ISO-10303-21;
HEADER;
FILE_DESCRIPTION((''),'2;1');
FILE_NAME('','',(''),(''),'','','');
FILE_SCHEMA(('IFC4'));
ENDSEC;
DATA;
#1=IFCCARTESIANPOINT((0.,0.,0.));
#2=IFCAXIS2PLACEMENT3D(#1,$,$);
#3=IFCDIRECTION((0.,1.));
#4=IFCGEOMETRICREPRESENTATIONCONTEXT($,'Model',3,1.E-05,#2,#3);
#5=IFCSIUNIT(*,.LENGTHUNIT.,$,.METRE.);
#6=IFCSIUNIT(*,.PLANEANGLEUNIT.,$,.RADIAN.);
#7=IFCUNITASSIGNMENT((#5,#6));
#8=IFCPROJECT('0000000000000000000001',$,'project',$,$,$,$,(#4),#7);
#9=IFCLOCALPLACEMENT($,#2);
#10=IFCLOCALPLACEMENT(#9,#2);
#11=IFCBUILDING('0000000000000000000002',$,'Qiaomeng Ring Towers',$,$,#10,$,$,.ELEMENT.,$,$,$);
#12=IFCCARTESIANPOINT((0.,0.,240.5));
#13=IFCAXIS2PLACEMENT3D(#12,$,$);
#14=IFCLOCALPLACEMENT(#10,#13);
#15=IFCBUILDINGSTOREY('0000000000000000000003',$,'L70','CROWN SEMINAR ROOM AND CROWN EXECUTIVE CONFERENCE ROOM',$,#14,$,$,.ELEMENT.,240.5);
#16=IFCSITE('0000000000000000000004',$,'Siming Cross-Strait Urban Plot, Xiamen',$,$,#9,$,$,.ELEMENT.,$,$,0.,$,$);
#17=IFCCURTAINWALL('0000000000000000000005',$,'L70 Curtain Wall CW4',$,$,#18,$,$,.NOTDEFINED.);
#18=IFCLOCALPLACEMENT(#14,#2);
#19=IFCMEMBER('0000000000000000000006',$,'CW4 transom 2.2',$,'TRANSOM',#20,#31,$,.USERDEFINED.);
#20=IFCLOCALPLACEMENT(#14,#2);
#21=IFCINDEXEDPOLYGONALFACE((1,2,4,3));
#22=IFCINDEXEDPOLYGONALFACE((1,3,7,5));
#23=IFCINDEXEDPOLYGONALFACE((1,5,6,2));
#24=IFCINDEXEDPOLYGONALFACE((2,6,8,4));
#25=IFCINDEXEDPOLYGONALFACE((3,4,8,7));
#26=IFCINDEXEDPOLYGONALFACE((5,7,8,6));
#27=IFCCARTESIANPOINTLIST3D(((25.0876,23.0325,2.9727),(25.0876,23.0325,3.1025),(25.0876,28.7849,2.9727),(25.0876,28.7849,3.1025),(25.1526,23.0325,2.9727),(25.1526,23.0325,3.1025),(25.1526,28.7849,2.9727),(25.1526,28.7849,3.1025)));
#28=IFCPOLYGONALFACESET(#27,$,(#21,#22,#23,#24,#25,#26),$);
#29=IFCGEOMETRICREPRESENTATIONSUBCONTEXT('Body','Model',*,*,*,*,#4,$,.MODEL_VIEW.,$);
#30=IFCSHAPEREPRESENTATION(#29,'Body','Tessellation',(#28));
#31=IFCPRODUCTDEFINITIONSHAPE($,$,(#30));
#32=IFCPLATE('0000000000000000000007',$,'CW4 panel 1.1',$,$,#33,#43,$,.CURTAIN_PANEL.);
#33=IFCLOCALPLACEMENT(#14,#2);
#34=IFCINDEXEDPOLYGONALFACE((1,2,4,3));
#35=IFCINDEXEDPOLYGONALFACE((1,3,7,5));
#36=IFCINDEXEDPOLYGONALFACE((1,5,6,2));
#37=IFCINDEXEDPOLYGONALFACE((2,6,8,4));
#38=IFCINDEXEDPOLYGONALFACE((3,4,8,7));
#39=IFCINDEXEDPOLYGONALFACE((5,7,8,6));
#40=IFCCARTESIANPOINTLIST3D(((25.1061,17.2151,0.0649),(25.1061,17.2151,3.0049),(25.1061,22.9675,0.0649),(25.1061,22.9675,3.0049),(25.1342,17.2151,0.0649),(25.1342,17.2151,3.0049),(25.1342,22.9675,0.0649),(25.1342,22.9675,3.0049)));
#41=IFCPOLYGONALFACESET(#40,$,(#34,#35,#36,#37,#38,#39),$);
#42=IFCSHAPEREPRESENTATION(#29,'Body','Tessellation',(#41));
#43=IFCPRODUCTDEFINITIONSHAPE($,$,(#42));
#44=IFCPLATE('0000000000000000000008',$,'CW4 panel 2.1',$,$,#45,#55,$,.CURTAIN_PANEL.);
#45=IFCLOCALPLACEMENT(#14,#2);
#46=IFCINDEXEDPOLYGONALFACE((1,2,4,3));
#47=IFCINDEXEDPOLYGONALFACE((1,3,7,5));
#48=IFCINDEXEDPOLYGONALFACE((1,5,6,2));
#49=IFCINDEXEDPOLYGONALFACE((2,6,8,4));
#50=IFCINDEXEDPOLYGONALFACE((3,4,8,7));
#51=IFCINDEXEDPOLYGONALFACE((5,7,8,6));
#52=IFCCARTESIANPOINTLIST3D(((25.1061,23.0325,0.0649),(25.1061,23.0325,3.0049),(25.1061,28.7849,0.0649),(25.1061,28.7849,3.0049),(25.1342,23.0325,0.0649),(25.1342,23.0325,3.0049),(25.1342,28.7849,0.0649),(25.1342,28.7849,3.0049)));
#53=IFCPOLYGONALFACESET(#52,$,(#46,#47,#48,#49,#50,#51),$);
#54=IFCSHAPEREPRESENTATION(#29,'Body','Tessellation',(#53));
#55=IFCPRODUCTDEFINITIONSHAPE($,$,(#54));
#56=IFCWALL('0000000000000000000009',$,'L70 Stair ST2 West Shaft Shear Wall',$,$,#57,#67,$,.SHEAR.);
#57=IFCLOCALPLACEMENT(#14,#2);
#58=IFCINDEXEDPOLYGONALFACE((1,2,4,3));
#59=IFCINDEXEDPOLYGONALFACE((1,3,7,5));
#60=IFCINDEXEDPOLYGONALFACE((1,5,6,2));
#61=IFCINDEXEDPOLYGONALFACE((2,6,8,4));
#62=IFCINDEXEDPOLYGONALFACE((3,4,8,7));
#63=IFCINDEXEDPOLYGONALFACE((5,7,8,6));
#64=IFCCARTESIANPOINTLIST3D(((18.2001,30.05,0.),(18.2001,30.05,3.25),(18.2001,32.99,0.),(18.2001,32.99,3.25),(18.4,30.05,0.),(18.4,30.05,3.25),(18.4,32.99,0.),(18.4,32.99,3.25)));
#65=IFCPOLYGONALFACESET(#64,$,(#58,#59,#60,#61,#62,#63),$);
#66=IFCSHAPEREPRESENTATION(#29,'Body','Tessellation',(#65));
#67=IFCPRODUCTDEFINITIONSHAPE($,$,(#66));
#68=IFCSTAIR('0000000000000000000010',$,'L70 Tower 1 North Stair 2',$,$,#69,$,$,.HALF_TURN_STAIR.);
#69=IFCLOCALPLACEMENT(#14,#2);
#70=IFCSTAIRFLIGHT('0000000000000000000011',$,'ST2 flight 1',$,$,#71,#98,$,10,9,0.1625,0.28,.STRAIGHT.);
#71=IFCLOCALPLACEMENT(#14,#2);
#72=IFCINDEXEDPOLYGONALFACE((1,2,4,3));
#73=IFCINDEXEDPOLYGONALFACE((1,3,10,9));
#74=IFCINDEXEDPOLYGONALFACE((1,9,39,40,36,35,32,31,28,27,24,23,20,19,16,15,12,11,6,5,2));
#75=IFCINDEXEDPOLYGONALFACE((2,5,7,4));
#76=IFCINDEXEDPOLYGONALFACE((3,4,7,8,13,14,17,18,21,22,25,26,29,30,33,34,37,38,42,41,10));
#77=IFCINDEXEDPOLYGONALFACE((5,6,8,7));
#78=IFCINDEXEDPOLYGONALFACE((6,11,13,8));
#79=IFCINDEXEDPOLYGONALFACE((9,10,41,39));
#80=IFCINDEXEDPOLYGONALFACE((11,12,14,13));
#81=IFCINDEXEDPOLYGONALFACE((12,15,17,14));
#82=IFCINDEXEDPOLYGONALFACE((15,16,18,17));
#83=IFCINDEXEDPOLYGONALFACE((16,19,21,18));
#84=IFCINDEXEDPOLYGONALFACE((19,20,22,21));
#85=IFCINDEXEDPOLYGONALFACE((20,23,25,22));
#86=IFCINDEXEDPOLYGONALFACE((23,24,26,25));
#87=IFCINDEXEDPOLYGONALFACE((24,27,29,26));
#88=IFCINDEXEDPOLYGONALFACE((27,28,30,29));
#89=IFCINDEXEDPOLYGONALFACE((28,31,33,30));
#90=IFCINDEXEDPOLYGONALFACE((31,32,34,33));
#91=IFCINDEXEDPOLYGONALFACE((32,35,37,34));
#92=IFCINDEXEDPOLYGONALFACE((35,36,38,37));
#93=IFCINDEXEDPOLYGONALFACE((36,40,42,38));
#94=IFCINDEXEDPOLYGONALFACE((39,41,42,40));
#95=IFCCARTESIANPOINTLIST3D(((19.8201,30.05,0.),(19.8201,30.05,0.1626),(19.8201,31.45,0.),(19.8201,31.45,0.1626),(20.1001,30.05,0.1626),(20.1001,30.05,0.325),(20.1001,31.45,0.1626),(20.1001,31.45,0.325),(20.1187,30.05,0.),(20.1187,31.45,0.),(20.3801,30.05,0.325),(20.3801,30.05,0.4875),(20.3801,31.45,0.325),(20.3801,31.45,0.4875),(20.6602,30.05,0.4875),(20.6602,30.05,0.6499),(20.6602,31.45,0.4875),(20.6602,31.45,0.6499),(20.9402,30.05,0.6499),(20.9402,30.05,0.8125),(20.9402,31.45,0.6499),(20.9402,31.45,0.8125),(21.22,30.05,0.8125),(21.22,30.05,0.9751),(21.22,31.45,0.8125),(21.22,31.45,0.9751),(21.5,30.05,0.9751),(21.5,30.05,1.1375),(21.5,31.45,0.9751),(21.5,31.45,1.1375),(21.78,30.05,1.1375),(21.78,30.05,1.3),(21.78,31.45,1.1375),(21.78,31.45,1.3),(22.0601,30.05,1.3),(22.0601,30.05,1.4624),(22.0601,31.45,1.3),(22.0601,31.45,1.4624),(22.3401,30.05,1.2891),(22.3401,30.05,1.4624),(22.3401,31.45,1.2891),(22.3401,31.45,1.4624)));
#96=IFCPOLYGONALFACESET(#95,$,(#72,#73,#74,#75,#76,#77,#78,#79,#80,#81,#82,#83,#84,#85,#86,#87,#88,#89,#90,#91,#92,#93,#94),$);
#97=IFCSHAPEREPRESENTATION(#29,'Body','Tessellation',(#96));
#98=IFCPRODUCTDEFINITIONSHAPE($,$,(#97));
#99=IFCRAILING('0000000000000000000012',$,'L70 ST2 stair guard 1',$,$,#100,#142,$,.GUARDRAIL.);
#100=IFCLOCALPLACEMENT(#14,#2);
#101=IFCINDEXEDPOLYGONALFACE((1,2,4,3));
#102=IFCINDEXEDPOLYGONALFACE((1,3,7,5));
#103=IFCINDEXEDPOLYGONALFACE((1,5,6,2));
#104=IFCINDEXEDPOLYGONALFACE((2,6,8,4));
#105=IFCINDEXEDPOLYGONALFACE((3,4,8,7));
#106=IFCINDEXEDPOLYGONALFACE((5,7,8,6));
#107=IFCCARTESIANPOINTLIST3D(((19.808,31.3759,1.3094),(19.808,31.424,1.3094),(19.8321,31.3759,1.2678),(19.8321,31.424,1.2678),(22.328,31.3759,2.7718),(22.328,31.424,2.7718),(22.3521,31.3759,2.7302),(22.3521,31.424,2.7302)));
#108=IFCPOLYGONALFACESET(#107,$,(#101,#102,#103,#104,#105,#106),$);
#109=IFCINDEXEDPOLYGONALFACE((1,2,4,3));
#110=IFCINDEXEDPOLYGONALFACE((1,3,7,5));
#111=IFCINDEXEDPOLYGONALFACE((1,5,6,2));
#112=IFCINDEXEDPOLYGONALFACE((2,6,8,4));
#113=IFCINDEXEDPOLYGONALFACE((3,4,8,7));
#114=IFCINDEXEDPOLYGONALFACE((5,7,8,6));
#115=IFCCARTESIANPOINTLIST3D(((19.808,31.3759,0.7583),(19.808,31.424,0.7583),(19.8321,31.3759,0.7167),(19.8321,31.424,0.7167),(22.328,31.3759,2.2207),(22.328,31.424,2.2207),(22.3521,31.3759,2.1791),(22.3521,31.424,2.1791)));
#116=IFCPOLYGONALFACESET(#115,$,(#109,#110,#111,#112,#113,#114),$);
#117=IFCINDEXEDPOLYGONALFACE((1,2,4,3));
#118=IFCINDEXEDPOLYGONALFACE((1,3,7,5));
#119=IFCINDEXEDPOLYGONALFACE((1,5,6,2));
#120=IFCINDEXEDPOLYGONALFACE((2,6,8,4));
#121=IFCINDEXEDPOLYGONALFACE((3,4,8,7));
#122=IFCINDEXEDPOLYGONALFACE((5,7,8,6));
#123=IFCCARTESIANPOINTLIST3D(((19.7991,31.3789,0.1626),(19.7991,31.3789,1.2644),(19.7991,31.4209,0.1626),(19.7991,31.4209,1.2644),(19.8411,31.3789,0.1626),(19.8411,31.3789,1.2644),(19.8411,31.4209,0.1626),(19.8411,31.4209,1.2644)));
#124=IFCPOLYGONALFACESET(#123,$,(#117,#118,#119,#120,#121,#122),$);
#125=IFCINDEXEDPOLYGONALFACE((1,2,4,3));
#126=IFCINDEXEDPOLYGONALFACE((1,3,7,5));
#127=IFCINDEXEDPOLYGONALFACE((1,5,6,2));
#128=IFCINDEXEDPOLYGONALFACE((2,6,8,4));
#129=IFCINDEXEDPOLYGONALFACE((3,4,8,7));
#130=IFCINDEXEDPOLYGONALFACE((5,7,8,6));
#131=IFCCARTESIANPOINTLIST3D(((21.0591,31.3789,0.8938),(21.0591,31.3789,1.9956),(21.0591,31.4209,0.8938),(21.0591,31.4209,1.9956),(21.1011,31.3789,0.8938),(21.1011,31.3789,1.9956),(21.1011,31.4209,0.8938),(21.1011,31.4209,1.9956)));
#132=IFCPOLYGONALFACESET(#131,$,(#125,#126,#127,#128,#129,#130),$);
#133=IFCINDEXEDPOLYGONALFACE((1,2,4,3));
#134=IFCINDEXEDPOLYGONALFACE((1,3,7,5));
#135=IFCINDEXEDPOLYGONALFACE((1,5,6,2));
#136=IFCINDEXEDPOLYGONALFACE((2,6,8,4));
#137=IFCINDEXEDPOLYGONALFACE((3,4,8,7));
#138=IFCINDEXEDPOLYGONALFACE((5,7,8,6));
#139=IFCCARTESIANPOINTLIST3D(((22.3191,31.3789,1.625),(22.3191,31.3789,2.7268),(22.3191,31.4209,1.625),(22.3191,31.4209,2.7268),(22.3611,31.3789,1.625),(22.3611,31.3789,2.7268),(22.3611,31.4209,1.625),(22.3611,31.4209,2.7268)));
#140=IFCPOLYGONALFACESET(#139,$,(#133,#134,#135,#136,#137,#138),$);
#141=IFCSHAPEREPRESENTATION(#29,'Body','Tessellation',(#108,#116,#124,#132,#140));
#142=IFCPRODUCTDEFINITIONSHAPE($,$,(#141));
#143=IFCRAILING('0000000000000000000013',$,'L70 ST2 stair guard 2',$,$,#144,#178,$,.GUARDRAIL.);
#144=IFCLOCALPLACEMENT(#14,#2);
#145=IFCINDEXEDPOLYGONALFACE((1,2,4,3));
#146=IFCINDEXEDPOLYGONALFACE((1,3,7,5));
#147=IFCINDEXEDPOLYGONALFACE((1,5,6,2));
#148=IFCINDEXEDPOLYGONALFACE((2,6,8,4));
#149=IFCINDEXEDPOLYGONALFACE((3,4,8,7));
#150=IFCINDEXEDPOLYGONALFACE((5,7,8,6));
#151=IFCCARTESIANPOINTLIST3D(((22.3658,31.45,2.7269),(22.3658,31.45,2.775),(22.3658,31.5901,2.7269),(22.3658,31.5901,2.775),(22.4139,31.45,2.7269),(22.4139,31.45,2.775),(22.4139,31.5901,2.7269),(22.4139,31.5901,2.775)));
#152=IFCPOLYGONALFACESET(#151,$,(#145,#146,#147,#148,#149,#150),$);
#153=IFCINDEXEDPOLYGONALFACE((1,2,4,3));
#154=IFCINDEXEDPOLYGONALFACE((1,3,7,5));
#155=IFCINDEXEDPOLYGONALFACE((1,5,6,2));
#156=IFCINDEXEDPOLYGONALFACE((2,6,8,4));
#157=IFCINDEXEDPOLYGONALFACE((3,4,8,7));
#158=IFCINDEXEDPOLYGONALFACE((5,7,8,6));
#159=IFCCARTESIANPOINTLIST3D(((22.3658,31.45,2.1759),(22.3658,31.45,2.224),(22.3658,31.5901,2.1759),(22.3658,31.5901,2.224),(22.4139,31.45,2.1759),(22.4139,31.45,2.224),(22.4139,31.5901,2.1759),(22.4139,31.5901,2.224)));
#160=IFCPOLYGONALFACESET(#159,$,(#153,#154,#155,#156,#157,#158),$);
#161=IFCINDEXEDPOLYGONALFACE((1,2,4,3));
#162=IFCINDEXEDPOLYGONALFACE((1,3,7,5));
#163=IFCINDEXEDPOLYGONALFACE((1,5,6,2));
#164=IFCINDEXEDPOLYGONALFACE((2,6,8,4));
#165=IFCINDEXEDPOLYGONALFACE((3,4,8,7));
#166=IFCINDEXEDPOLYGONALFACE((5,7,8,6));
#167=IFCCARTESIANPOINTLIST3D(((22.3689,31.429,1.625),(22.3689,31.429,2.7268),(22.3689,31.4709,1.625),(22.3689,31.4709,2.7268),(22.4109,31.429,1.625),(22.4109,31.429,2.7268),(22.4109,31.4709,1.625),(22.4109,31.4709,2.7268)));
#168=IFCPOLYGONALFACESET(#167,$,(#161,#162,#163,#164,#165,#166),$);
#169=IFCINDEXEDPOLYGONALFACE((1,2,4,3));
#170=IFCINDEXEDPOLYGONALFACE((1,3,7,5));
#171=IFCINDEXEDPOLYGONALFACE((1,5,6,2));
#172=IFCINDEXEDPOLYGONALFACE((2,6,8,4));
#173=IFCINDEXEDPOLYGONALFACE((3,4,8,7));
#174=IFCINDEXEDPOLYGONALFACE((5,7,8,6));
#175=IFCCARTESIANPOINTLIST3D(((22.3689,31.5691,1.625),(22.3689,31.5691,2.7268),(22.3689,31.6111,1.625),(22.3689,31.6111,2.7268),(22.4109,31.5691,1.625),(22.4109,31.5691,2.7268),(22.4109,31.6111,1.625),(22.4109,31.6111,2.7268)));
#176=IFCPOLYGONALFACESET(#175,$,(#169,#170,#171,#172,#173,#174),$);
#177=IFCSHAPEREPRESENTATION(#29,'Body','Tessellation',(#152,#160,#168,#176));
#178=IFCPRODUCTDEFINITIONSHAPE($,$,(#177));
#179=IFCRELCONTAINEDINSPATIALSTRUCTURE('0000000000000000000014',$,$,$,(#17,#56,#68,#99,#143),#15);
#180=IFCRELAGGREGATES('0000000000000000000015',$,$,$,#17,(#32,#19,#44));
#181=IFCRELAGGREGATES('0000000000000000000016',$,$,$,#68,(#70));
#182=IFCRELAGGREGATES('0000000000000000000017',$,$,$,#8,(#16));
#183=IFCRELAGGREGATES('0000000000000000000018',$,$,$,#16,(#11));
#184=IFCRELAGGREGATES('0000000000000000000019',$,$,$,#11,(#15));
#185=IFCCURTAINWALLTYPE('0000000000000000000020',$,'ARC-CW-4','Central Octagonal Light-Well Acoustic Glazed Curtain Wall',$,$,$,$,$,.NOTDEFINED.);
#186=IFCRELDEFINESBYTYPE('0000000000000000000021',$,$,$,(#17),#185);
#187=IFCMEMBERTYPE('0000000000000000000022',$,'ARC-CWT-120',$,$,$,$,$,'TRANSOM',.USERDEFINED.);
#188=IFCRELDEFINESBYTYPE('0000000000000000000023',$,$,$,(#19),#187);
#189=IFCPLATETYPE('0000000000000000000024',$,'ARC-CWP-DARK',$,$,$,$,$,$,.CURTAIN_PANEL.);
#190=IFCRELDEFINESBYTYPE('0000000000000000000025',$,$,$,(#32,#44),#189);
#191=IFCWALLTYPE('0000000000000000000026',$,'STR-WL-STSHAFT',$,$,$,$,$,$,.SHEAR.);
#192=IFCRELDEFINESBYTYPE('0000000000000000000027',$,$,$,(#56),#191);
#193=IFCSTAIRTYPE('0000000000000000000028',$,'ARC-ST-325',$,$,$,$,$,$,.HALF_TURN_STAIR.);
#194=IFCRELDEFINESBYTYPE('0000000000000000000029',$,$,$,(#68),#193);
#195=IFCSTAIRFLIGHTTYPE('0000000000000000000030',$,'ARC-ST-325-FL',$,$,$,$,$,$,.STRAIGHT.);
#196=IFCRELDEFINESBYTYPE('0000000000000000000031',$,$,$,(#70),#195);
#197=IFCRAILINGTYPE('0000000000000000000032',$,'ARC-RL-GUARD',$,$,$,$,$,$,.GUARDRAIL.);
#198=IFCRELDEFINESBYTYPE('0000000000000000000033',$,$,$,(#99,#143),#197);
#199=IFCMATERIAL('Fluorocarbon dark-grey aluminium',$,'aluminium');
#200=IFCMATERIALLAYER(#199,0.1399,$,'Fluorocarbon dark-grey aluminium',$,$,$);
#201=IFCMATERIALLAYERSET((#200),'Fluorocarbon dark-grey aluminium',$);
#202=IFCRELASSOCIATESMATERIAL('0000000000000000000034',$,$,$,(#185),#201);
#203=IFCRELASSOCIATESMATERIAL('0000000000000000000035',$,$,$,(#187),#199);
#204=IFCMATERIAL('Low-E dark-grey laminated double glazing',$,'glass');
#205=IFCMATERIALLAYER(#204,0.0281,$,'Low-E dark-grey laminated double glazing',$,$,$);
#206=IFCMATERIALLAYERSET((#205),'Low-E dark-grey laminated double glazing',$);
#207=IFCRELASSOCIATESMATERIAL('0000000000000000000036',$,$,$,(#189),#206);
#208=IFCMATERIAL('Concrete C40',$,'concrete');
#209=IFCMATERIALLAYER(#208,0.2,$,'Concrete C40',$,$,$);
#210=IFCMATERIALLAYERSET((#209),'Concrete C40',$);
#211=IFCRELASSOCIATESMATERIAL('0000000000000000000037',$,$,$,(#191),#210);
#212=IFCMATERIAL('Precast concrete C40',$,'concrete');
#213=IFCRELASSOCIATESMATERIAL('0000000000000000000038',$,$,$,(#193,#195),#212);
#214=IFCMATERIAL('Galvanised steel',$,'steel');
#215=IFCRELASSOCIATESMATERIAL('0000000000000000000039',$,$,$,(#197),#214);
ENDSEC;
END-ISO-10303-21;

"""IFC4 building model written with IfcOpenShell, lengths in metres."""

from ifc_helpers import new_model, si_unit, direction, frame, frame_2d, origin, origin_2d, place, context, subcontext, project, spatial, polyline, rectangle, outline, extrude, source, transform, mapped, material, layer, layer_set, material_profile, profile_set, type_object, element, aggregate, save


model = new_model("IFC4")

# Units and contexts
model_context = context("Model", 3, precision=1e-05, world=origin(), true_north=direction((0.0, 1.0)))
body_context = subcontext(model_context, "Body", "Model", "MODEL_VIEW")
ifc_project = project(units=[si_unit("LENGTHUNIT", "METRE"), si_unit("PLANEANGLEUNIT", "RADIAN")], contexts=[model_context])

# Site, building, storey
site_placement = place(None, origin())
site = spatial("IfcSite", under=ifc_project, at=site_placement, Name="Siming Cross-Strait Urban Plot, Xiamen", CompositionType="ELEMENT", RefElevation=0.0)
building_placement = place(site_placement, origin())
building = spatial("IfcBuilding", under=site, at=building_placement, Name="Qiaomeng Ring Towers", CompositionType="ELEMENT")
storey_placement = place(building_placement, frame((0.0, 0.0, 240.5)))
storey = spatial("IfcBuildingStorey", under=building, at=storey_placement, Name="L70", Description="CROWN SEMINAR ROOM AND CROWN EXECUTIVE CONFERENCE ROOM", CompositionType="ELEMENT", Elevation=240.5)

# Curtain wall, member, plates
ifc_material_1 = material(Name="Fluorocarbon dark-grey aluminium", Category="aluminium")
ifc_layer_1 = layer(ifc_material_1, 0.1399, Name="Fluorocarbon dark-grey aluminium")
ifc_layer_set_1 = layer_set([ifc_layer_1], Name="Fluorocarbon dark-grey aluminium")
curtain_wall_type = type_object("IfcCurtainWallType", Name="ARC-CW-4", Description="Central Octagonal Light-Well Acoustic Glazed Curtain Wall", PredefinedType="NOTDEFINED", material=ifc_layer_set_1)
curtain_wall_placement = place(storey_placement, origin())
curtain_wall = element("IfcCurtainWall", 1, at=curtain_wall_placement, inside=storey, type_object=curtain_wall_type, Name="L70 Curtain Wall CW4", PredefinedType="NOTDEFINED")
ifc_material_profile_1 = material_profile(ifc_material_1, rectangle(XDim=0.0649, YDim=0.1299, at=origin_2d()), Name="ALU TRAN 65x130")
ifc_profile_set_1 = profile_set([ifc_material_profile_1], Name="Fluorocarbon dark-grey aluminium")
member_type_1 = type_object("IfcMemberType", Name="ARC-CWT-120", ElementType="TRANSOM", PredefinedType="USERDEFINED", material=ifc_profile_set_1)
shared_shape_1 = source(origin(), body_context, "Body", "SweptSolid", [
    extrude(rectangle(XDim=0.0649, YDim=0.1299, at=origin_2d()), origin(), (0.0, 0.0, 1.0), 5.7524),
])
member_1_placement = place(storey_placement, frame((25.1201, 23.0325, 3.0376), z_axis=(0.0, 1.0, 0.0), x_axis=(-1.0, 0.0, 0.0)))
member_1 = element("IfcMember", 2, at=member_1_placement, type_object=member_type_1, Name="CW4 transom 2.2", ObjectType="TRANSOM", PredefinedType="USERDEFINED", context=body_context, shape_type="MappedRepresentation", body=[
    mapped(shared_shape_1, transform((0.0, 0.0, 0.0), x_axis=(1.0, 0.0, 0.0), y_axis=(0.0, 1.0, 0.0), z_axis=(0.0, 0.0, 1.0), scale=1.0)),
])
ifc_material_2 = material(Name="Low-E dark-grey laminated double glazing", Category="glass")
ifc_layer_2 = layer(ifc_material_2, 0.0281, Name="Low-E dark-grey laminated double glazing")
ifc_layer_set_2 = layer_set([ifc_layer_2], Name="Low-E dark-grey laminated double glazing")
plate_type = type_object("IfcPlateType", Name="ARC-CWP-DARK", PredefinedType="CURTAIN_PANEL", material=ifc_layer_set_2)
shared_shape_2 = source(origin(), body_context, "Body", "SweptSolid", [
    extrude(rectangle(XDim=5.7524, YDim=0.0281, at=origin_2d()), origin(), (0.0, 0.0, 1.0), 2.9399),
])
plate_1_placement = place(storey_placement, frame((25.1201, 20.0913, 0.0649), z_axis=(0.0, 0.0, 1.0), x_axis=(0.0, 1.0, 0.0)))
plate_1 = element("IfcPlate", 3, at=plate_1_placement, type_object=plate_type, Name="CW4 panel 1.1", PredefinedType="CURTAIN_PANEL", context=body_context, shape_type="MappedRepresentation", body=[
    mapped(shared_shape_2, transform((0.0, 0.0, 0.0), x_axis=(1.0, 0.0, 0.0), y_axis=(0.0, 1.0, 0.0), z_axis=(0.0, 0.0, 1.0), scale=1.0)),
])
plate_2_placement = place(storey_placement, frame((25.1201, 25.9087, 0.0649), z_axis=(0.0, 0.0, 1.0), x_axis=(0.0, 1.0, 0.0)))
plate_2 = element("IfcPlate", 4, at=plate_2_placement, type_object=plate_type, Name="CW4 panel 2.1", PredefinedType="CURTAIN_PANEL", context=body_context, shape_type="MappedRepresentation", body=[
    mapped(shared_shape_2, transform((0.0, 0.0, 0.0), x_axis=(1.0, 0.0, 0.0), y_axis=(0.0, 1.0, 0.0), z_axis=(0.0, 0.0, 1.0), scale=1.0)),
])
aggregate(curtain_wall, [plate_1, member_1, plate_2])

# Wall
ifc_material_3 = material(Name="Concrete C40", Category="concrete")
ifc_layer_3 = layer(ifc_material_3, 0.2, Name="Concrete C40")
ifc_layer_set_3 = layer_set([ifc_layer_3], Name="Concrete C40")
wall_type = type_object("IfcWallType", Name="STR-WL-STSHAFT", PredefinedType="SHEAR", material=ifc_layer_set_3)
wall_placement = place(storey_placement, frame((18.3, 30.05, 0.0), z_axis=(0.0, 0.0, 1.0), x_axis=(0.0, 1.0, 0.0)))
element("IfcWall", 5, at=wall_placement, inside=storey, type_object=wall_type, Name="L70 Stair ST2 West Shaft Shear Wall", PredefinedType="SHEAR", context=body_context, shape_type="SweptSolid", body=[
    extrude(rectangle(XDim=2.9399, YDim=0.2, at=frame_2d((1.47, 0.0))), origin(), (0.0, 0.0, 1.0), 3.25),
])

# Stair, stair flight
ifc_material_4 = material(Name="Precast concrete C40", Category="concrete")
stair_type = type_object("IfcStairType", Name="ARC-ST-325", PredefinedType="HALF_TURN_STAIR", material=ifc_material_4)
stair_placement = place(storey_placement, origin())
stair = element("IfcStair", 6, at=stair_placement, inside=storey, type_object=stair_type, Name="L70 Tower 1 North Stair 2", PredefinedType="HALF_TURN_STAIR")
stair_flight_type = type_object("IfcStairFlightType", Name="ARC-ST-325-FL", PredefinedType="STRAIGHT", material=ifc_material_4)
shared_shape_3 = source(origin(), body_context, "Body", "SweptSolid", [
    extrude(outline(polyline([(0.0, 0.0), (0.0, 0.1626), (0.28, 0.1626), (0.28, 0.325), (0.5601, 0.325), (0.5601, 0.4875), (0.8401, 0.4875), (0.8401, 0.6499), (1.1201, 0.6499), (1.1201, 0.8125), (1.3999, 0.8125), (1.3999, 0.9751), (1.6799, 0.9751), (1.6799, 1.1375), (1.96, 1.1375), (1.96, 1.3), (2.24, 1.3), (2.24, 1.4624), (2.52, 1.4624), (2.52, 1.625), (2.52, 1.2891), (0.2986, 0.0), (0.0, 0.0)])), frame((0.0, 0.7, 0.0), z_axis=(0.0, -1.0, 0.0), x_axis=(1.0, 0.0, 0.0)), (0.0, 0.0, 1.0), 1.3999),
])
stair_flight_placement = place(storey_placement, frame((19.8201, 30.75, 0.0), z_axis=(0.0, 0.0, 1.0), x_axis=(1.0, 0.0, 0.0)))
stair_flight = element("IfcStairFlight", 7, at=stair_flight_placement, type_object=stair_flight_type, Name="ST2 flight 1", NumberOfRisers=10, NumberOfTreads=9, PredefinedType="STRAIGHT", RiserHeight=0.1625, TreadLength=0.28, context=body_context, shape_type="MappedRepresentation", body=[
    mapped(shared_shape_3, transform((0.0, 0.0, 0.0), x_axis=(1.0, 0.0, 0.0), y_axis=(0.0, 1.0, 0.0), z_axis=(0.0, 0.0, 1.0), scale=1.0)),
])
aggregate(stair, [stair_flight])

# Railings
ifc_material_5 = material(Name="Galvanised steel", Category="steel")
railing_type_1 = type_object("IfcRailingType", Name="ARC-RL-GUARD", PredefinedType="GUARDRAIL", material=ifc_material_5)
railing_1_placement = place(storey_placement, frame((19.8201, 31.3999, 0.1626)))
element("IfcRailing", 8, at=railing_1_placement, inside=storey, type_object=railing_type_1, Name="L70 ST2 stair guard 1", PredefinedType="GUARDRAIL", context=body_context, shape_type="SweptSolid", body=[
    extrude(rectangle(XDim=0.0481, YDim=0.0481, at=origin_2d()), frame((0.0, 0.0, 1.126), z_axis=(0.864913, 0.0, 0.501921), x_axis=(0.0, 1.0, 0.0)), (0.0, 0.0, 1.0), 2.9136),
    extrude(rectangle(XDim=0.0481, YDim=0.0481, at=origin_2d()), frame((0.0, 0.0, 0.575), z_axis=(0.864913, 0.0, 0.501921), x_axis=(0.0, 1.0, 0.0)), (0.0, 0.0, 1.0), 2.9136),
    extrude(rectangle(XDim=0.042, YDim=0.042, at=origin_2d()), origin(), (0.0, 0.0, 1.0), 1.1018),
    extrude(rectangle(XDim=0.042, YDim=0.042, at=origin_2d()), frame((1.26, 0.0, 0.7312)), (0.0, 0.0, 1.0), 1.1018),
    extrude(rectangle(XDim=0.042, YDim=0.042, at=origin_2d()), frame((2.52, 0.0, 1.4624)), (0.0, 0.0, 1.0), 1.1018),
])
for number, where, name in (
    (9, (22.3899, 31.45, 1.625), "L70 ST2 stair guard 2"),
):
    element("IfcRailing", number, at=place(storey_placement, frame(where)), inside=storey, type_object=railing_type_1, Name=name, PredefinedType="GUARDRAIL", context=body_context, shape_type="SweptSolid", body=[
        extrude(rectangle(XDim=0.0481, YDim=0.0481, at=origin_2d()), frame((0.0, 0.0, 1.126), z_axis=(0.0, 1.0, 0.0), x_axis=(-1.0, 0.0, 0.0)), (0.0, 0.0, 1.0), 0.1401),
        extrude(rectangle(XDim=0.0481, YDim=0.0481, at=origin_2d()), frame((0.0, 0.0, 0.575), z_axis=(0.0, 1.0, 0.0), x_axis=(-1.0, 0.0, 0.0)), (0.0, 0.0, 1.0), 0.1401),
        extrude(rectangle(XDim=0.042, YDim=0.042, at=origin_2d()), origin(), (0.0, 0.0, 1.0), 1.1018),
        extrude(rectangle(XDim=0.042, YDim=0.042, at=origin_2d()), frame((0.0, 0.1401, 0.0)), (0.0, 0.0, 1.0), 1.1018),
    ])

save(model, "model.ifc")
